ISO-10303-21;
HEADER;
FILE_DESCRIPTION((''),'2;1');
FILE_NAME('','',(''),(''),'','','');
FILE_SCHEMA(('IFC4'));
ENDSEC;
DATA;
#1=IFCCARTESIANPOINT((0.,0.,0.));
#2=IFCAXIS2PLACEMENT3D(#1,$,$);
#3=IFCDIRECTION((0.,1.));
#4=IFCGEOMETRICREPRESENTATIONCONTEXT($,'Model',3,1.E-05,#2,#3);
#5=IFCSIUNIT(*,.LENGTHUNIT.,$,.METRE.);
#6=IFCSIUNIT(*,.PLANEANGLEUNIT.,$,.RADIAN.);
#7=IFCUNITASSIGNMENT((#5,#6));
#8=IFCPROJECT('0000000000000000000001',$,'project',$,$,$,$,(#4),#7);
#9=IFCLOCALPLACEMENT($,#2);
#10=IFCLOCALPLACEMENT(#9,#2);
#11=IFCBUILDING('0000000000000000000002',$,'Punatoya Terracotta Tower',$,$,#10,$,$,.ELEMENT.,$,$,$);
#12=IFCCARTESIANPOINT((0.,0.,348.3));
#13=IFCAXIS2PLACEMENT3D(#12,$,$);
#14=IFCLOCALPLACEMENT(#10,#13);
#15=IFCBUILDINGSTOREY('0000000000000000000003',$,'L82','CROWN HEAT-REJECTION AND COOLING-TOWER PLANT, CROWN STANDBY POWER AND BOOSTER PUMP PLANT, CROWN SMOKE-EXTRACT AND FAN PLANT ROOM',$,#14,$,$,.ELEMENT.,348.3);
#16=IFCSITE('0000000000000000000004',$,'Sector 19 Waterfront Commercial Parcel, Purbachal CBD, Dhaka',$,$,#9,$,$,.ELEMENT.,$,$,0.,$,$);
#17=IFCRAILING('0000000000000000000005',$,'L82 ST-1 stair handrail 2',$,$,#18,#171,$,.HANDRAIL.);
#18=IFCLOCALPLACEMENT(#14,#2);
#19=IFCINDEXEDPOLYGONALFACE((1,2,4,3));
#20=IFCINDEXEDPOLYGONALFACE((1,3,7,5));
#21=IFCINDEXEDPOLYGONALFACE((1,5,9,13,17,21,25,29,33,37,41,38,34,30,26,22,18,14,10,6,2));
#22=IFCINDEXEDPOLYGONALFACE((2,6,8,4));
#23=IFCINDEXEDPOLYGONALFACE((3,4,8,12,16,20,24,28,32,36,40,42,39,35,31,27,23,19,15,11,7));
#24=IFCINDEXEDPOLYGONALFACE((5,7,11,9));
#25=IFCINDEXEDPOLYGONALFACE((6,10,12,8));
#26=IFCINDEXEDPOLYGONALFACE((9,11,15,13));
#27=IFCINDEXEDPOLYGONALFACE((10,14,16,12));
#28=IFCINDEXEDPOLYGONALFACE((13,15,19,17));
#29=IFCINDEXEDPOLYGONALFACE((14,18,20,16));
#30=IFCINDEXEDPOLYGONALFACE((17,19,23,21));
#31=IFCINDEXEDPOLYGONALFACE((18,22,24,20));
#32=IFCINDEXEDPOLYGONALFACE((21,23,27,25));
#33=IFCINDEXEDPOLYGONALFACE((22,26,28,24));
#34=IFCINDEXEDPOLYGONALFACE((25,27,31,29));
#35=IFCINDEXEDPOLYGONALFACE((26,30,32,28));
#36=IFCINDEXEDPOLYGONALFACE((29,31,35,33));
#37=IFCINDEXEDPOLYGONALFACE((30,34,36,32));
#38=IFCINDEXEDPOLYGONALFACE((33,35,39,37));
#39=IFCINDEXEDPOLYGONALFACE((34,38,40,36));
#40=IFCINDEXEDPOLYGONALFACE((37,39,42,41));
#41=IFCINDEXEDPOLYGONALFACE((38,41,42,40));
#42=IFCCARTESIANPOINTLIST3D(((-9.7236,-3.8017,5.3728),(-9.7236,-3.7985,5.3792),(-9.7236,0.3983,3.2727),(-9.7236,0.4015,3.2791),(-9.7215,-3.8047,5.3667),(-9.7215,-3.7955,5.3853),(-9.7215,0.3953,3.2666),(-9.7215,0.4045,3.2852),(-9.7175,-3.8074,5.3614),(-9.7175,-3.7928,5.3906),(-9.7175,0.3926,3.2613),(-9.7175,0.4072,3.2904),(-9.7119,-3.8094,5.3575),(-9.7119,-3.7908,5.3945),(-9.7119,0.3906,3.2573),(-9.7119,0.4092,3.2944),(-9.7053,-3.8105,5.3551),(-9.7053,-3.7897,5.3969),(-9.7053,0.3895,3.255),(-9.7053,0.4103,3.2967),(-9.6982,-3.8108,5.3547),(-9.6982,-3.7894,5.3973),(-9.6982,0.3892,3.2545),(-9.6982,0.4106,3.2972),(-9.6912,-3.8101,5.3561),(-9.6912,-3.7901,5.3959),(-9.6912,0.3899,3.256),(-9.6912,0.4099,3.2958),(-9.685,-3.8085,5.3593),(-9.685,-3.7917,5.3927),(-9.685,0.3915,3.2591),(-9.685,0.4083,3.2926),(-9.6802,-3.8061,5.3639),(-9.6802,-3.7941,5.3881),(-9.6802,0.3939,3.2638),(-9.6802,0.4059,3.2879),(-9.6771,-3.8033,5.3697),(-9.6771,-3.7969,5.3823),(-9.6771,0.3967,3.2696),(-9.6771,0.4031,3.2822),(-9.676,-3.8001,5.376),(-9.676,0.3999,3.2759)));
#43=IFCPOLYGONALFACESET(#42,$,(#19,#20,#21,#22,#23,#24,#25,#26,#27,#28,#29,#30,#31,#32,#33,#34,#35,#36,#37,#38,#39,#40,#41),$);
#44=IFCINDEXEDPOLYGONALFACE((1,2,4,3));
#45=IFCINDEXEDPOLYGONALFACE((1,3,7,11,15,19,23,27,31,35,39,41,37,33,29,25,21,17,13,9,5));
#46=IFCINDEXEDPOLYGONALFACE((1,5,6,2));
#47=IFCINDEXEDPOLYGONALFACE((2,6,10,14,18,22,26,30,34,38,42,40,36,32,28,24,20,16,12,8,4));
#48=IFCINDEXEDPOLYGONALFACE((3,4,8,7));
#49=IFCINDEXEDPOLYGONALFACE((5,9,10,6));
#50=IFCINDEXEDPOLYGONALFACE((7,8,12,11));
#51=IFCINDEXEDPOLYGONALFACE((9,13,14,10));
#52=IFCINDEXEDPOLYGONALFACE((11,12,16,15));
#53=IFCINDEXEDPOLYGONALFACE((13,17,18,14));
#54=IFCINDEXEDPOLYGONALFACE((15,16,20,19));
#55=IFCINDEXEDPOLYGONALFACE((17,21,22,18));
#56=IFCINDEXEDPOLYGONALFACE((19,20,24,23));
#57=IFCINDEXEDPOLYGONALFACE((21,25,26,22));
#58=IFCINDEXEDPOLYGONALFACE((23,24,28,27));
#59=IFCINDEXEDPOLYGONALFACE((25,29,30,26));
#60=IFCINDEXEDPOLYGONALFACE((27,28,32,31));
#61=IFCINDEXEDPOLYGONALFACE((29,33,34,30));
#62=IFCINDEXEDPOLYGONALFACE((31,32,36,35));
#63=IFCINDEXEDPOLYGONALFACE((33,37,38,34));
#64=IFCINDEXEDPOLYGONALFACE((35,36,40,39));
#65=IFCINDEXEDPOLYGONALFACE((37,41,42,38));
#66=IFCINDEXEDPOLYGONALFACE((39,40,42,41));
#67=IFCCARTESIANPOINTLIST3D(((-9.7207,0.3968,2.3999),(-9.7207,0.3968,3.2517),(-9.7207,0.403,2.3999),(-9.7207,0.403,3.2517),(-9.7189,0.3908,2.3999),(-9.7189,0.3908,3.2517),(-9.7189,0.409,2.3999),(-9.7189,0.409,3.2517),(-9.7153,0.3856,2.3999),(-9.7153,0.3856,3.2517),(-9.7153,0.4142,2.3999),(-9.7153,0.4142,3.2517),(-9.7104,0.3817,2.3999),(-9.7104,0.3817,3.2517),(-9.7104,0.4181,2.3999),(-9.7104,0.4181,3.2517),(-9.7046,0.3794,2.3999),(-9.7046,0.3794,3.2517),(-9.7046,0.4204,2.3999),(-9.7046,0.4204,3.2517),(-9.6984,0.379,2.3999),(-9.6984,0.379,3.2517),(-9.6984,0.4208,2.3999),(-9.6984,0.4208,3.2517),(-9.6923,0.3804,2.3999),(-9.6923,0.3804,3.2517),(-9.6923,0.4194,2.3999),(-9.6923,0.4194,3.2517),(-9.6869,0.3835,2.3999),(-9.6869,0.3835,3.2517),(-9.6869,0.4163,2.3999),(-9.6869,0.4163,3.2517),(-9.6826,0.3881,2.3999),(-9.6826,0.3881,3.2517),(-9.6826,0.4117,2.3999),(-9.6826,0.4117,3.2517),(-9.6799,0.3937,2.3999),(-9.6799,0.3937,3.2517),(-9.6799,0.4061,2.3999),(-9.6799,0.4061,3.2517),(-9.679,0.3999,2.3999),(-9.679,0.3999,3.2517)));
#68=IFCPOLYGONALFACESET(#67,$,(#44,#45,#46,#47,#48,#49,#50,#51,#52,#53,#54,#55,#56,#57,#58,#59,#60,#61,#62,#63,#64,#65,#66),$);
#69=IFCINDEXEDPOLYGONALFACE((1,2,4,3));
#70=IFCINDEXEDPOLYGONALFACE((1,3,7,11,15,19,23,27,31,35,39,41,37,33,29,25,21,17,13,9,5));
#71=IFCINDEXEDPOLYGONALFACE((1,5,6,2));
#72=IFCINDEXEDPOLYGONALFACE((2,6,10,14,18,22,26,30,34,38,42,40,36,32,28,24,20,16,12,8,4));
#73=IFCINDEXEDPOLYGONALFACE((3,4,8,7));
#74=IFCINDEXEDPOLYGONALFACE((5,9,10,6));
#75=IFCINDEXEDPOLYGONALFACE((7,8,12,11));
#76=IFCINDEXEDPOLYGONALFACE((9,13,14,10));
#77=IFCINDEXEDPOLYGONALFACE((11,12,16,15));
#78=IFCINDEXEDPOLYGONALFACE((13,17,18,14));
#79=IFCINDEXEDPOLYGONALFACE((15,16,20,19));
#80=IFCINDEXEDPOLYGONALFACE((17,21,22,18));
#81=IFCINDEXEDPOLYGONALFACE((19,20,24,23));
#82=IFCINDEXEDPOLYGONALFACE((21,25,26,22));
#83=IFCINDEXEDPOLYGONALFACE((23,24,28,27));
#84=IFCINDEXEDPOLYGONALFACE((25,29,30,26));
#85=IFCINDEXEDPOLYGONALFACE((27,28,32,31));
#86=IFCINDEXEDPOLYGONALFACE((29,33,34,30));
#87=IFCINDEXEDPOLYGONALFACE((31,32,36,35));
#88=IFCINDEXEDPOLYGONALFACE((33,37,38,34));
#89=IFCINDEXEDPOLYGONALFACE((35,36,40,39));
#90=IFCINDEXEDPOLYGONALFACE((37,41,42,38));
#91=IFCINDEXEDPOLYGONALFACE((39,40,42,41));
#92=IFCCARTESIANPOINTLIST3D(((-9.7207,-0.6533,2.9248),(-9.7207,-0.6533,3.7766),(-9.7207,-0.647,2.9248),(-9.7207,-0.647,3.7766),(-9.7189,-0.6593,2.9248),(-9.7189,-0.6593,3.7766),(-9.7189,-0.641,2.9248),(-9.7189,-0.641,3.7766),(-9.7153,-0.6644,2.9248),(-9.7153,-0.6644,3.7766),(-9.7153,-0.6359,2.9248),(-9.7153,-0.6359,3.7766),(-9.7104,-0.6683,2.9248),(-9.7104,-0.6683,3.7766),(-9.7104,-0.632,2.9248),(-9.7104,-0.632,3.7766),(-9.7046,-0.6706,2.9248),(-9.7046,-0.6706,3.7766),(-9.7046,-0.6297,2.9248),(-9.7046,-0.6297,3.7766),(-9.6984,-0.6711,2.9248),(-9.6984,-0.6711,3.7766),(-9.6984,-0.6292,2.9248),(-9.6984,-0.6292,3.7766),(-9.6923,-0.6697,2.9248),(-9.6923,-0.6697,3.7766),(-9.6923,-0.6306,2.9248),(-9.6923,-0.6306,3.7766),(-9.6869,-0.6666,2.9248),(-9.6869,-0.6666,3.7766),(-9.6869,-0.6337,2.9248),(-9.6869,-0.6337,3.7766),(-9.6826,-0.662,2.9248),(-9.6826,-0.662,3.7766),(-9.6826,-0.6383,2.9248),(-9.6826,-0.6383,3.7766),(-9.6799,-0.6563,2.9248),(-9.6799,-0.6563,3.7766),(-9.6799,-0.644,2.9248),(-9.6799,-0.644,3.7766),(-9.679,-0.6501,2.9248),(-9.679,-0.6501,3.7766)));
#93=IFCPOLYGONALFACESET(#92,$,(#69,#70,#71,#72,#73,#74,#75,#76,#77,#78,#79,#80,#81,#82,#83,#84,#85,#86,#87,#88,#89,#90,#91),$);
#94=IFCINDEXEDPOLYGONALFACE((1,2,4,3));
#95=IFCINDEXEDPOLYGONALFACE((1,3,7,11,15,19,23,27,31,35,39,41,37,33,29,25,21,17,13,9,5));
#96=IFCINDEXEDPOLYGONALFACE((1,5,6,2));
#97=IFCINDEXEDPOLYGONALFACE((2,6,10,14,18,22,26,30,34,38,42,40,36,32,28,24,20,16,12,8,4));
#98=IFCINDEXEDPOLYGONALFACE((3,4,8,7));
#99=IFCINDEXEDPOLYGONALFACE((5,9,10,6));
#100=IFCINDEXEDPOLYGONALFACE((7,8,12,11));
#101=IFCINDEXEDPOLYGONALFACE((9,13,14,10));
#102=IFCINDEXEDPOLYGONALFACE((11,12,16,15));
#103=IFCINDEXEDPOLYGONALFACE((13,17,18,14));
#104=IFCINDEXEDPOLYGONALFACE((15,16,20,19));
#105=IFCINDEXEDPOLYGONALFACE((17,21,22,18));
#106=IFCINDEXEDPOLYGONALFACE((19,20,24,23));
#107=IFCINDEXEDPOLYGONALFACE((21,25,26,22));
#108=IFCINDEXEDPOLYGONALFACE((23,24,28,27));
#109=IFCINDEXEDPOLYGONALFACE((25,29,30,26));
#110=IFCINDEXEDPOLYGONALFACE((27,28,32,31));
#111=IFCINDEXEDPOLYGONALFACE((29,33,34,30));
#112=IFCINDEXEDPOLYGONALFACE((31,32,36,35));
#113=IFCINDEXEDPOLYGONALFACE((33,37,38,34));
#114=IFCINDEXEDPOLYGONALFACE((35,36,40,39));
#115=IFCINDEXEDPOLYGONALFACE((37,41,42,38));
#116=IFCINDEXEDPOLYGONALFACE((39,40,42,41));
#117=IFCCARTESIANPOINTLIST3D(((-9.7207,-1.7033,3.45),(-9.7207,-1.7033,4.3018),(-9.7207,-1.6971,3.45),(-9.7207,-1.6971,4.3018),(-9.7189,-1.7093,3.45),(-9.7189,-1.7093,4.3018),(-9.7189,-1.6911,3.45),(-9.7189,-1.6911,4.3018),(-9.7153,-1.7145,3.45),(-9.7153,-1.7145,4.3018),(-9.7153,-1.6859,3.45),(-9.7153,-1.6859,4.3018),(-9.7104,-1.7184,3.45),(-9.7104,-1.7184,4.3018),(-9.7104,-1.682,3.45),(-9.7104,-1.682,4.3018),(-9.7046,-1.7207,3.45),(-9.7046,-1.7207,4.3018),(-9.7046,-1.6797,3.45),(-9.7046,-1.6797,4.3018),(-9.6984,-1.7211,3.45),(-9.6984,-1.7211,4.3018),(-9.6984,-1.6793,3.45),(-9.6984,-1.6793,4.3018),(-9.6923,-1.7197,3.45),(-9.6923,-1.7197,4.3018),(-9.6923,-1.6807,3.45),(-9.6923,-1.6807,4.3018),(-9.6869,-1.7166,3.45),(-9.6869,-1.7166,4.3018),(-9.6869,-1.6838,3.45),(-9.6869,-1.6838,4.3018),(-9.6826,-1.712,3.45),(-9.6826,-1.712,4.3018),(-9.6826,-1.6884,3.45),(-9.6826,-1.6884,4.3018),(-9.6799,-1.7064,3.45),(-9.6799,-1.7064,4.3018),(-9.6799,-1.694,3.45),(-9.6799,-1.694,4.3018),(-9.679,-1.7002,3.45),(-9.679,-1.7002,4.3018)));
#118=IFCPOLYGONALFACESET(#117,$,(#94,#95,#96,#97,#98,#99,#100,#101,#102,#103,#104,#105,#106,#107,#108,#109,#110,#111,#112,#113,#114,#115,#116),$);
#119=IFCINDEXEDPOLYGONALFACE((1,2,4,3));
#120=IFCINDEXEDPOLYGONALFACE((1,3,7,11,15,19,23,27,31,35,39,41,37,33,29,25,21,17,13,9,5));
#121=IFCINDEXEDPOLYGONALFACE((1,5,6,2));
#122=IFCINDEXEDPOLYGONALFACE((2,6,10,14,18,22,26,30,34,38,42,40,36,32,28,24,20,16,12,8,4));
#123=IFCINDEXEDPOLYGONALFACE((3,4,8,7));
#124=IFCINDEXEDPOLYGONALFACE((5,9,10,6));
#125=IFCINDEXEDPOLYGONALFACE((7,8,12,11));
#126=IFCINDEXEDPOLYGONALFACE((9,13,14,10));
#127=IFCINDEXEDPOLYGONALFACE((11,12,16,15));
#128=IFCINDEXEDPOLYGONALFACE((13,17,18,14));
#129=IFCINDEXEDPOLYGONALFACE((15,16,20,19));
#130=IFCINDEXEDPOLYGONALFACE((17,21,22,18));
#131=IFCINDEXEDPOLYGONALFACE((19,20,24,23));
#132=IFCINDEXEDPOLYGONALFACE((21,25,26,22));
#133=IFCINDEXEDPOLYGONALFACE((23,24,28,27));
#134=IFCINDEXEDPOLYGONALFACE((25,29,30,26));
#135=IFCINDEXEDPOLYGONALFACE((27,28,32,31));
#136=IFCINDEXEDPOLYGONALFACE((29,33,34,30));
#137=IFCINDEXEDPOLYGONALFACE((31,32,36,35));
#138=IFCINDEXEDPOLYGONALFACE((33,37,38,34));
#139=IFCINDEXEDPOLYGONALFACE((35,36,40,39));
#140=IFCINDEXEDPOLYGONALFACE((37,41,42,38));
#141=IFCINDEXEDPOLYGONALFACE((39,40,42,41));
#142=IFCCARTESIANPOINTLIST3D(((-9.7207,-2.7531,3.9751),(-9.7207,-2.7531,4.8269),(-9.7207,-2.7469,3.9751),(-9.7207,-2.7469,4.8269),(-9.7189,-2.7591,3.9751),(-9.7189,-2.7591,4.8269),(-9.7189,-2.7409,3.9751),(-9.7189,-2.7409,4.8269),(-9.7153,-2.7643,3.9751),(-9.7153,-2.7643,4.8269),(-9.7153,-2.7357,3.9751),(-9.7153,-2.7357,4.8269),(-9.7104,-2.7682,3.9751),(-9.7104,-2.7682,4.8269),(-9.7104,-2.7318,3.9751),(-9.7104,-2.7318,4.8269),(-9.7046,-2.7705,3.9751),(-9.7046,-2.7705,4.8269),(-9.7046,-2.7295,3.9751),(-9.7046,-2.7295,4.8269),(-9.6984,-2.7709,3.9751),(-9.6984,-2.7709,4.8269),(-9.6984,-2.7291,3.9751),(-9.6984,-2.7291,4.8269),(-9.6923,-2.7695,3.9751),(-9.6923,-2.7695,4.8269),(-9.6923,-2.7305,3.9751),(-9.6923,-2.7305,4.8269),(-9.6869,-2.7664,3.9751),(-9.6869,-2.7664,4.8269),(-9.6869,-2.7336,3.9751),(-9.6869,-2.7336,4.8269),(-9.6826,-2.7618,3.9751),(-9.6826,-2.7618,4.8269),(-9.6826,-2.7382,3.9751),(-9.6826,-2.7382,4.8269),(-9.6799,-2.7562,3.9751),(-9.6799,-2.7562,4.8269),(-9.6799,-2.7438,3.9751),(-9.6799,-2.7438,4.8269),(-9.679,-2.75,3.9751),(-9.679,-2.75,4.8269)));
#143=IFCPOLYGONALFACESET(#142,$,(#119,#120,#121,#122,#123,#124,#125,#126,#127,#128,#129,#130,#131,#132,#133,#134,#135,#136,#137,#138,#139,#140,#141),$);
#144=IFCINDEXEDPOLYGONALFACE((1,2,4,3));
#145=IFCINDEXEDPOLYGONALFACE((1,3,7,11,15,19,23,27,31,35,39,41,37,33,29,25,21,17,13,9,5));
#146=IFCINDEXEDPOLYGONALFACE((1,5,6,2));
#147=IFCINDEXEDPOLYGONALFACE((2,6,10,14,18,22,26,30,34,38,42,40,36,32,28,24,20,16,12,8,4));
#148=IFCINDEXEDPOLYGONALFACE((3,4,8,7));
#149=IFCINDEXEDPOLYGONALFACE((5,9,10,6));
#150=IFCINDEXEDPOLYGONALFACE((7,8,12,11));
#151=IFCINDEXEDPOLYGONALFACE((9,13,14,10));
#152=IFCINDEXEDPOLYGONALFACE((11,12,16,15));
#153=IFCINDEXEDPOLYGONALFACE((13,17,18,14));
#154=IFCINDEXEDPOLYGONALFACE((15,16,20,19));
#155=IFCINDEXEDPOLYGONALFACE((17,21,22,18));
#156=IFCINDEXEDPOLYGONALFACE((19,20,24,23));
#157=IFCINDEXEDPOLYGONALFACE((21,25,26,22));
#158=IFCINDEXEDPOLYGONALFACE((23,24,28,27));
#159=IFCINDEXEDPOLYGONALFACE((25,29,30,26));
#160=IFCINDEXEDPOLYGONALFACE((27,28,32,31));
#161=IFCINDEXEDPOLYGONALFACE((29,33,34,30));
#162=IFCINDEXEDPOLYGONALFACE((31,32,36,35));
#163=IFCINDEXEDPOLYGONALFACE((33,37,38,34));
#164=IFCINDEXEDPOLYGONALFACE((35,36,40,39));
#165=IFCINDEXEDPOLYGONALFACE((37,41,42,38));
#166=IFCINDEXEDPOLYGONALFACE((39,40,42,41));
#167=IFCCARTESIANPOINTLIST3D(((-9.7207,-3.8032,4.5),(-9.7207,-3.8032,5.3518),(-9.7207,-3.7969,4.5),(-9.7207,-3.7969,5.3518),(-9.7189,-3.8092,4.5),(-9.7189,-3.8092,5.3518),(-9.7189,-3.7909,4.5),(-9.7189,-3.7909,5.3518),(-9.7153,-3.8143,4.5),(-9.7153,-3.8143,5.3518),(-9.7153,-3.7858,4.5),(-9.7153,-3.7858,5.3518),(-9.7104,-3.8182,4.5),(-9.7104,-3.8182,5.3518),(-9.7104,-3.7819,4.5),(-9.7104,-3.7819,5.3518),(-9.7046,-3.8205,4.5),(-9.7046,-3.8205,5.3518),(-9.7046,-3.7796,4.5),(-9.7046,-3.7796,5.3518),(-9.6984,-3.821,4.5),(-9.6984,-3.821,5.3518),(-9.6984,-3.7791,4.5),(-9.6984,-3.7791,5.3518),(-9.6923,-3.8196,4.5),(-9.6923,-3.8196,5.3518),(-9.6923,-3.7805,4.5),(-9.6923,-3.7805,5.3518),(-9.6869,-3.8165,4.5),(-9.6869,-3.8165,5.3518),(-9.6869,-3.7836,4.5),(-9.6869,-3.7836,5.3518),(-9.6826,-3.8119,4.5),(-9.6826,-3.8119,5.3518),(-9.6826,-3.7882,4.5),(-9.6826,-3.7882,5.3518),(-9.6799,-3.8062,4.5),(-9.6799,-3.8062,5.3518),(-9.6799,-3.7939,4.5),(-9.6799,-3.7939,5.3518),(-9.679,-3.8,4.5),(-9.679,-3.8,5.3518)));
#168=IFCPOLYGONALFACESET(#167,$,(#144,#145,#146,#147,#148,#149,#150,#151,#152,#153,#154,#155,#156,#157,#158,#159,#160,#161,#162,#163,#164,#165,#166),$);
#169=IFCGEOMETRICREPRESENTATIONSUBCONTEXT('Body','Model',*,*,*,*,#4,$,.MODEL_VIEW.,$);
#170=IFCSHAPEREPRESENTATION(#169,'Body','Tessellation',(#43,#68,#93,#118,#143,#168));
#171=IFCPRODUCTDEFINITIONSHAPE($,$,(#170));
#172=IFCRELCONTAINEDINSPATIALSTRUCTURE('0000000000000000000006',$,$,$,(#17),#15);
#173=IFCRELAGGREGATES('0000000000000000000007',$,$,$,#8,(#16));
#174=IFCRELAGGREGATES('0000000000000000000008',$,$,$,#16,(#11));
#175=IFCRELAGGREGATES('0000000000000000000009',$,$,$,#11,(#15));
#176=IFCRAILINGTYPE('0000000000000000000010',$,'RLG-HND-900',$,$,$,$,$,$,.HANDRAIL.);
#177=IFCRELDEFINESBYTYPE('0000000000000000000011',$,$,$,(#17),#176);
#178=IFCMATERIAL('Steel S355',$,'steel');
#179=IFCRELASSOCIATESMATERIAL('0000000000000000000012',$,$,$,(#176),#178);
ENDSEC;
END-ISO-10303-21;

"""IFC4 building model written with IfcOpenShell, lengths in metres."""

from ifc_helpers import new_model, si_unit, direction, frame, origin, origin_2d, place, context, subcontext, project, spatial, circle, extrude, material, type_object, element, save


model = new_model("IFC4")

# Units and contexts
model_context = context("Model", 3, precision=1e-05, world=origin(), true_north=direction((0.0, 1.0)))
body_context = subcontext(model_context, "Body", "Model", "MODEL_VIEW")
ifc_project = project(units=[si_unit("LENGTHUNIT", "METRE"), si_unit("PLANEANGLEUNIT", "RADIAN")], contexts=[model_context])

# Site, building, storey
site_placement = place(None, origin())
site = spatial("IfcSite", under=ifc_project, at=site_placement, Name="Sector 19 Waterfront Commercial Parcel, Purbachal CBD, Dhaka", CompositionType="ELEMENT", RefElevation=0.0)
building_placement = place(site_placement, origin())
building = spatial("IfcBuilding", under=site, at=building_placement, Name="Punatoya Terracotta Tower", CompositionType="ELEMENT")
storey_placement = place(building_placement, frame((0.0, 0.0, 348.3)))
storey = spatial("IfcBuildingStorey", under=building, at=storey_placement, Name="L82", Description="CROWN HEAT-REJECTION AND COOLING-TOWER PLANT, CROWN STANDBY POWER AND BOOSTER PUMP PLANT, CROWN SMOKE-EXTRACT AND FAN PLANT ROOM", CompositionType="ELEMENT", Elevation=348.3)

# Shared definitions
ifc_material_1 = material(Name="Steel S355", Category="steel")

# Railing
railing_type_1 = type_object("IfcRailingType", Name="RLG-HND-900", PredefinedType="HANDRAIL", material=ifc_material_1)
railing_1_placement = place(storey_placement, frame((-9.7, 0.3999, 2.3999)))
element("IfcRailing", 1, at=railing_1_placement, inside=storey, type_object=railing_type_1, Name="L82 ST-1 stair handrail 2", PredefinedType="HANDRAIL", context=body_context, shape_type="SweptSolid", body=[
    extrude(circle(Radius=0.0239, at=origin_2d()), frame((0.0, 0.0, 0.876), z_axis=(0.0, -0.894417, 0.447234), x_axis=(1.0, 0.0, 0.0)), (0.0, 0.0, 1.0), 4.6958),
    extrude(circle(Radius=0.021, at=origin_2d()), origin(), (0.0, 0.0, 1.0), 0.8518),
    extrude(circle(Radius=0.021, at=origin_2d()), frame((0.0, -1.05, 0.5249)), (0.0, 0.0, 1.0), 0.8518),
    extrude(circle(Radius=0.021, at=origin_2d()), frame((0.0, -2.1001, 1.05)), (0.0, 0.0, 1.0), 0.8518),
    extrude(circle(Radius=0.021, at=origin_2d()), frame((0.0, -3.1499, 1.5752)), (0.0, 0.0, 1.0), 0.8518),
    extrude(circle(Radius=0.021, at=origin_2d()), frame((0.0, -4.2, 2.1001)), (0.0, 0.0, 1.0), 0.8518),
])

save(model, "model.ifc")
